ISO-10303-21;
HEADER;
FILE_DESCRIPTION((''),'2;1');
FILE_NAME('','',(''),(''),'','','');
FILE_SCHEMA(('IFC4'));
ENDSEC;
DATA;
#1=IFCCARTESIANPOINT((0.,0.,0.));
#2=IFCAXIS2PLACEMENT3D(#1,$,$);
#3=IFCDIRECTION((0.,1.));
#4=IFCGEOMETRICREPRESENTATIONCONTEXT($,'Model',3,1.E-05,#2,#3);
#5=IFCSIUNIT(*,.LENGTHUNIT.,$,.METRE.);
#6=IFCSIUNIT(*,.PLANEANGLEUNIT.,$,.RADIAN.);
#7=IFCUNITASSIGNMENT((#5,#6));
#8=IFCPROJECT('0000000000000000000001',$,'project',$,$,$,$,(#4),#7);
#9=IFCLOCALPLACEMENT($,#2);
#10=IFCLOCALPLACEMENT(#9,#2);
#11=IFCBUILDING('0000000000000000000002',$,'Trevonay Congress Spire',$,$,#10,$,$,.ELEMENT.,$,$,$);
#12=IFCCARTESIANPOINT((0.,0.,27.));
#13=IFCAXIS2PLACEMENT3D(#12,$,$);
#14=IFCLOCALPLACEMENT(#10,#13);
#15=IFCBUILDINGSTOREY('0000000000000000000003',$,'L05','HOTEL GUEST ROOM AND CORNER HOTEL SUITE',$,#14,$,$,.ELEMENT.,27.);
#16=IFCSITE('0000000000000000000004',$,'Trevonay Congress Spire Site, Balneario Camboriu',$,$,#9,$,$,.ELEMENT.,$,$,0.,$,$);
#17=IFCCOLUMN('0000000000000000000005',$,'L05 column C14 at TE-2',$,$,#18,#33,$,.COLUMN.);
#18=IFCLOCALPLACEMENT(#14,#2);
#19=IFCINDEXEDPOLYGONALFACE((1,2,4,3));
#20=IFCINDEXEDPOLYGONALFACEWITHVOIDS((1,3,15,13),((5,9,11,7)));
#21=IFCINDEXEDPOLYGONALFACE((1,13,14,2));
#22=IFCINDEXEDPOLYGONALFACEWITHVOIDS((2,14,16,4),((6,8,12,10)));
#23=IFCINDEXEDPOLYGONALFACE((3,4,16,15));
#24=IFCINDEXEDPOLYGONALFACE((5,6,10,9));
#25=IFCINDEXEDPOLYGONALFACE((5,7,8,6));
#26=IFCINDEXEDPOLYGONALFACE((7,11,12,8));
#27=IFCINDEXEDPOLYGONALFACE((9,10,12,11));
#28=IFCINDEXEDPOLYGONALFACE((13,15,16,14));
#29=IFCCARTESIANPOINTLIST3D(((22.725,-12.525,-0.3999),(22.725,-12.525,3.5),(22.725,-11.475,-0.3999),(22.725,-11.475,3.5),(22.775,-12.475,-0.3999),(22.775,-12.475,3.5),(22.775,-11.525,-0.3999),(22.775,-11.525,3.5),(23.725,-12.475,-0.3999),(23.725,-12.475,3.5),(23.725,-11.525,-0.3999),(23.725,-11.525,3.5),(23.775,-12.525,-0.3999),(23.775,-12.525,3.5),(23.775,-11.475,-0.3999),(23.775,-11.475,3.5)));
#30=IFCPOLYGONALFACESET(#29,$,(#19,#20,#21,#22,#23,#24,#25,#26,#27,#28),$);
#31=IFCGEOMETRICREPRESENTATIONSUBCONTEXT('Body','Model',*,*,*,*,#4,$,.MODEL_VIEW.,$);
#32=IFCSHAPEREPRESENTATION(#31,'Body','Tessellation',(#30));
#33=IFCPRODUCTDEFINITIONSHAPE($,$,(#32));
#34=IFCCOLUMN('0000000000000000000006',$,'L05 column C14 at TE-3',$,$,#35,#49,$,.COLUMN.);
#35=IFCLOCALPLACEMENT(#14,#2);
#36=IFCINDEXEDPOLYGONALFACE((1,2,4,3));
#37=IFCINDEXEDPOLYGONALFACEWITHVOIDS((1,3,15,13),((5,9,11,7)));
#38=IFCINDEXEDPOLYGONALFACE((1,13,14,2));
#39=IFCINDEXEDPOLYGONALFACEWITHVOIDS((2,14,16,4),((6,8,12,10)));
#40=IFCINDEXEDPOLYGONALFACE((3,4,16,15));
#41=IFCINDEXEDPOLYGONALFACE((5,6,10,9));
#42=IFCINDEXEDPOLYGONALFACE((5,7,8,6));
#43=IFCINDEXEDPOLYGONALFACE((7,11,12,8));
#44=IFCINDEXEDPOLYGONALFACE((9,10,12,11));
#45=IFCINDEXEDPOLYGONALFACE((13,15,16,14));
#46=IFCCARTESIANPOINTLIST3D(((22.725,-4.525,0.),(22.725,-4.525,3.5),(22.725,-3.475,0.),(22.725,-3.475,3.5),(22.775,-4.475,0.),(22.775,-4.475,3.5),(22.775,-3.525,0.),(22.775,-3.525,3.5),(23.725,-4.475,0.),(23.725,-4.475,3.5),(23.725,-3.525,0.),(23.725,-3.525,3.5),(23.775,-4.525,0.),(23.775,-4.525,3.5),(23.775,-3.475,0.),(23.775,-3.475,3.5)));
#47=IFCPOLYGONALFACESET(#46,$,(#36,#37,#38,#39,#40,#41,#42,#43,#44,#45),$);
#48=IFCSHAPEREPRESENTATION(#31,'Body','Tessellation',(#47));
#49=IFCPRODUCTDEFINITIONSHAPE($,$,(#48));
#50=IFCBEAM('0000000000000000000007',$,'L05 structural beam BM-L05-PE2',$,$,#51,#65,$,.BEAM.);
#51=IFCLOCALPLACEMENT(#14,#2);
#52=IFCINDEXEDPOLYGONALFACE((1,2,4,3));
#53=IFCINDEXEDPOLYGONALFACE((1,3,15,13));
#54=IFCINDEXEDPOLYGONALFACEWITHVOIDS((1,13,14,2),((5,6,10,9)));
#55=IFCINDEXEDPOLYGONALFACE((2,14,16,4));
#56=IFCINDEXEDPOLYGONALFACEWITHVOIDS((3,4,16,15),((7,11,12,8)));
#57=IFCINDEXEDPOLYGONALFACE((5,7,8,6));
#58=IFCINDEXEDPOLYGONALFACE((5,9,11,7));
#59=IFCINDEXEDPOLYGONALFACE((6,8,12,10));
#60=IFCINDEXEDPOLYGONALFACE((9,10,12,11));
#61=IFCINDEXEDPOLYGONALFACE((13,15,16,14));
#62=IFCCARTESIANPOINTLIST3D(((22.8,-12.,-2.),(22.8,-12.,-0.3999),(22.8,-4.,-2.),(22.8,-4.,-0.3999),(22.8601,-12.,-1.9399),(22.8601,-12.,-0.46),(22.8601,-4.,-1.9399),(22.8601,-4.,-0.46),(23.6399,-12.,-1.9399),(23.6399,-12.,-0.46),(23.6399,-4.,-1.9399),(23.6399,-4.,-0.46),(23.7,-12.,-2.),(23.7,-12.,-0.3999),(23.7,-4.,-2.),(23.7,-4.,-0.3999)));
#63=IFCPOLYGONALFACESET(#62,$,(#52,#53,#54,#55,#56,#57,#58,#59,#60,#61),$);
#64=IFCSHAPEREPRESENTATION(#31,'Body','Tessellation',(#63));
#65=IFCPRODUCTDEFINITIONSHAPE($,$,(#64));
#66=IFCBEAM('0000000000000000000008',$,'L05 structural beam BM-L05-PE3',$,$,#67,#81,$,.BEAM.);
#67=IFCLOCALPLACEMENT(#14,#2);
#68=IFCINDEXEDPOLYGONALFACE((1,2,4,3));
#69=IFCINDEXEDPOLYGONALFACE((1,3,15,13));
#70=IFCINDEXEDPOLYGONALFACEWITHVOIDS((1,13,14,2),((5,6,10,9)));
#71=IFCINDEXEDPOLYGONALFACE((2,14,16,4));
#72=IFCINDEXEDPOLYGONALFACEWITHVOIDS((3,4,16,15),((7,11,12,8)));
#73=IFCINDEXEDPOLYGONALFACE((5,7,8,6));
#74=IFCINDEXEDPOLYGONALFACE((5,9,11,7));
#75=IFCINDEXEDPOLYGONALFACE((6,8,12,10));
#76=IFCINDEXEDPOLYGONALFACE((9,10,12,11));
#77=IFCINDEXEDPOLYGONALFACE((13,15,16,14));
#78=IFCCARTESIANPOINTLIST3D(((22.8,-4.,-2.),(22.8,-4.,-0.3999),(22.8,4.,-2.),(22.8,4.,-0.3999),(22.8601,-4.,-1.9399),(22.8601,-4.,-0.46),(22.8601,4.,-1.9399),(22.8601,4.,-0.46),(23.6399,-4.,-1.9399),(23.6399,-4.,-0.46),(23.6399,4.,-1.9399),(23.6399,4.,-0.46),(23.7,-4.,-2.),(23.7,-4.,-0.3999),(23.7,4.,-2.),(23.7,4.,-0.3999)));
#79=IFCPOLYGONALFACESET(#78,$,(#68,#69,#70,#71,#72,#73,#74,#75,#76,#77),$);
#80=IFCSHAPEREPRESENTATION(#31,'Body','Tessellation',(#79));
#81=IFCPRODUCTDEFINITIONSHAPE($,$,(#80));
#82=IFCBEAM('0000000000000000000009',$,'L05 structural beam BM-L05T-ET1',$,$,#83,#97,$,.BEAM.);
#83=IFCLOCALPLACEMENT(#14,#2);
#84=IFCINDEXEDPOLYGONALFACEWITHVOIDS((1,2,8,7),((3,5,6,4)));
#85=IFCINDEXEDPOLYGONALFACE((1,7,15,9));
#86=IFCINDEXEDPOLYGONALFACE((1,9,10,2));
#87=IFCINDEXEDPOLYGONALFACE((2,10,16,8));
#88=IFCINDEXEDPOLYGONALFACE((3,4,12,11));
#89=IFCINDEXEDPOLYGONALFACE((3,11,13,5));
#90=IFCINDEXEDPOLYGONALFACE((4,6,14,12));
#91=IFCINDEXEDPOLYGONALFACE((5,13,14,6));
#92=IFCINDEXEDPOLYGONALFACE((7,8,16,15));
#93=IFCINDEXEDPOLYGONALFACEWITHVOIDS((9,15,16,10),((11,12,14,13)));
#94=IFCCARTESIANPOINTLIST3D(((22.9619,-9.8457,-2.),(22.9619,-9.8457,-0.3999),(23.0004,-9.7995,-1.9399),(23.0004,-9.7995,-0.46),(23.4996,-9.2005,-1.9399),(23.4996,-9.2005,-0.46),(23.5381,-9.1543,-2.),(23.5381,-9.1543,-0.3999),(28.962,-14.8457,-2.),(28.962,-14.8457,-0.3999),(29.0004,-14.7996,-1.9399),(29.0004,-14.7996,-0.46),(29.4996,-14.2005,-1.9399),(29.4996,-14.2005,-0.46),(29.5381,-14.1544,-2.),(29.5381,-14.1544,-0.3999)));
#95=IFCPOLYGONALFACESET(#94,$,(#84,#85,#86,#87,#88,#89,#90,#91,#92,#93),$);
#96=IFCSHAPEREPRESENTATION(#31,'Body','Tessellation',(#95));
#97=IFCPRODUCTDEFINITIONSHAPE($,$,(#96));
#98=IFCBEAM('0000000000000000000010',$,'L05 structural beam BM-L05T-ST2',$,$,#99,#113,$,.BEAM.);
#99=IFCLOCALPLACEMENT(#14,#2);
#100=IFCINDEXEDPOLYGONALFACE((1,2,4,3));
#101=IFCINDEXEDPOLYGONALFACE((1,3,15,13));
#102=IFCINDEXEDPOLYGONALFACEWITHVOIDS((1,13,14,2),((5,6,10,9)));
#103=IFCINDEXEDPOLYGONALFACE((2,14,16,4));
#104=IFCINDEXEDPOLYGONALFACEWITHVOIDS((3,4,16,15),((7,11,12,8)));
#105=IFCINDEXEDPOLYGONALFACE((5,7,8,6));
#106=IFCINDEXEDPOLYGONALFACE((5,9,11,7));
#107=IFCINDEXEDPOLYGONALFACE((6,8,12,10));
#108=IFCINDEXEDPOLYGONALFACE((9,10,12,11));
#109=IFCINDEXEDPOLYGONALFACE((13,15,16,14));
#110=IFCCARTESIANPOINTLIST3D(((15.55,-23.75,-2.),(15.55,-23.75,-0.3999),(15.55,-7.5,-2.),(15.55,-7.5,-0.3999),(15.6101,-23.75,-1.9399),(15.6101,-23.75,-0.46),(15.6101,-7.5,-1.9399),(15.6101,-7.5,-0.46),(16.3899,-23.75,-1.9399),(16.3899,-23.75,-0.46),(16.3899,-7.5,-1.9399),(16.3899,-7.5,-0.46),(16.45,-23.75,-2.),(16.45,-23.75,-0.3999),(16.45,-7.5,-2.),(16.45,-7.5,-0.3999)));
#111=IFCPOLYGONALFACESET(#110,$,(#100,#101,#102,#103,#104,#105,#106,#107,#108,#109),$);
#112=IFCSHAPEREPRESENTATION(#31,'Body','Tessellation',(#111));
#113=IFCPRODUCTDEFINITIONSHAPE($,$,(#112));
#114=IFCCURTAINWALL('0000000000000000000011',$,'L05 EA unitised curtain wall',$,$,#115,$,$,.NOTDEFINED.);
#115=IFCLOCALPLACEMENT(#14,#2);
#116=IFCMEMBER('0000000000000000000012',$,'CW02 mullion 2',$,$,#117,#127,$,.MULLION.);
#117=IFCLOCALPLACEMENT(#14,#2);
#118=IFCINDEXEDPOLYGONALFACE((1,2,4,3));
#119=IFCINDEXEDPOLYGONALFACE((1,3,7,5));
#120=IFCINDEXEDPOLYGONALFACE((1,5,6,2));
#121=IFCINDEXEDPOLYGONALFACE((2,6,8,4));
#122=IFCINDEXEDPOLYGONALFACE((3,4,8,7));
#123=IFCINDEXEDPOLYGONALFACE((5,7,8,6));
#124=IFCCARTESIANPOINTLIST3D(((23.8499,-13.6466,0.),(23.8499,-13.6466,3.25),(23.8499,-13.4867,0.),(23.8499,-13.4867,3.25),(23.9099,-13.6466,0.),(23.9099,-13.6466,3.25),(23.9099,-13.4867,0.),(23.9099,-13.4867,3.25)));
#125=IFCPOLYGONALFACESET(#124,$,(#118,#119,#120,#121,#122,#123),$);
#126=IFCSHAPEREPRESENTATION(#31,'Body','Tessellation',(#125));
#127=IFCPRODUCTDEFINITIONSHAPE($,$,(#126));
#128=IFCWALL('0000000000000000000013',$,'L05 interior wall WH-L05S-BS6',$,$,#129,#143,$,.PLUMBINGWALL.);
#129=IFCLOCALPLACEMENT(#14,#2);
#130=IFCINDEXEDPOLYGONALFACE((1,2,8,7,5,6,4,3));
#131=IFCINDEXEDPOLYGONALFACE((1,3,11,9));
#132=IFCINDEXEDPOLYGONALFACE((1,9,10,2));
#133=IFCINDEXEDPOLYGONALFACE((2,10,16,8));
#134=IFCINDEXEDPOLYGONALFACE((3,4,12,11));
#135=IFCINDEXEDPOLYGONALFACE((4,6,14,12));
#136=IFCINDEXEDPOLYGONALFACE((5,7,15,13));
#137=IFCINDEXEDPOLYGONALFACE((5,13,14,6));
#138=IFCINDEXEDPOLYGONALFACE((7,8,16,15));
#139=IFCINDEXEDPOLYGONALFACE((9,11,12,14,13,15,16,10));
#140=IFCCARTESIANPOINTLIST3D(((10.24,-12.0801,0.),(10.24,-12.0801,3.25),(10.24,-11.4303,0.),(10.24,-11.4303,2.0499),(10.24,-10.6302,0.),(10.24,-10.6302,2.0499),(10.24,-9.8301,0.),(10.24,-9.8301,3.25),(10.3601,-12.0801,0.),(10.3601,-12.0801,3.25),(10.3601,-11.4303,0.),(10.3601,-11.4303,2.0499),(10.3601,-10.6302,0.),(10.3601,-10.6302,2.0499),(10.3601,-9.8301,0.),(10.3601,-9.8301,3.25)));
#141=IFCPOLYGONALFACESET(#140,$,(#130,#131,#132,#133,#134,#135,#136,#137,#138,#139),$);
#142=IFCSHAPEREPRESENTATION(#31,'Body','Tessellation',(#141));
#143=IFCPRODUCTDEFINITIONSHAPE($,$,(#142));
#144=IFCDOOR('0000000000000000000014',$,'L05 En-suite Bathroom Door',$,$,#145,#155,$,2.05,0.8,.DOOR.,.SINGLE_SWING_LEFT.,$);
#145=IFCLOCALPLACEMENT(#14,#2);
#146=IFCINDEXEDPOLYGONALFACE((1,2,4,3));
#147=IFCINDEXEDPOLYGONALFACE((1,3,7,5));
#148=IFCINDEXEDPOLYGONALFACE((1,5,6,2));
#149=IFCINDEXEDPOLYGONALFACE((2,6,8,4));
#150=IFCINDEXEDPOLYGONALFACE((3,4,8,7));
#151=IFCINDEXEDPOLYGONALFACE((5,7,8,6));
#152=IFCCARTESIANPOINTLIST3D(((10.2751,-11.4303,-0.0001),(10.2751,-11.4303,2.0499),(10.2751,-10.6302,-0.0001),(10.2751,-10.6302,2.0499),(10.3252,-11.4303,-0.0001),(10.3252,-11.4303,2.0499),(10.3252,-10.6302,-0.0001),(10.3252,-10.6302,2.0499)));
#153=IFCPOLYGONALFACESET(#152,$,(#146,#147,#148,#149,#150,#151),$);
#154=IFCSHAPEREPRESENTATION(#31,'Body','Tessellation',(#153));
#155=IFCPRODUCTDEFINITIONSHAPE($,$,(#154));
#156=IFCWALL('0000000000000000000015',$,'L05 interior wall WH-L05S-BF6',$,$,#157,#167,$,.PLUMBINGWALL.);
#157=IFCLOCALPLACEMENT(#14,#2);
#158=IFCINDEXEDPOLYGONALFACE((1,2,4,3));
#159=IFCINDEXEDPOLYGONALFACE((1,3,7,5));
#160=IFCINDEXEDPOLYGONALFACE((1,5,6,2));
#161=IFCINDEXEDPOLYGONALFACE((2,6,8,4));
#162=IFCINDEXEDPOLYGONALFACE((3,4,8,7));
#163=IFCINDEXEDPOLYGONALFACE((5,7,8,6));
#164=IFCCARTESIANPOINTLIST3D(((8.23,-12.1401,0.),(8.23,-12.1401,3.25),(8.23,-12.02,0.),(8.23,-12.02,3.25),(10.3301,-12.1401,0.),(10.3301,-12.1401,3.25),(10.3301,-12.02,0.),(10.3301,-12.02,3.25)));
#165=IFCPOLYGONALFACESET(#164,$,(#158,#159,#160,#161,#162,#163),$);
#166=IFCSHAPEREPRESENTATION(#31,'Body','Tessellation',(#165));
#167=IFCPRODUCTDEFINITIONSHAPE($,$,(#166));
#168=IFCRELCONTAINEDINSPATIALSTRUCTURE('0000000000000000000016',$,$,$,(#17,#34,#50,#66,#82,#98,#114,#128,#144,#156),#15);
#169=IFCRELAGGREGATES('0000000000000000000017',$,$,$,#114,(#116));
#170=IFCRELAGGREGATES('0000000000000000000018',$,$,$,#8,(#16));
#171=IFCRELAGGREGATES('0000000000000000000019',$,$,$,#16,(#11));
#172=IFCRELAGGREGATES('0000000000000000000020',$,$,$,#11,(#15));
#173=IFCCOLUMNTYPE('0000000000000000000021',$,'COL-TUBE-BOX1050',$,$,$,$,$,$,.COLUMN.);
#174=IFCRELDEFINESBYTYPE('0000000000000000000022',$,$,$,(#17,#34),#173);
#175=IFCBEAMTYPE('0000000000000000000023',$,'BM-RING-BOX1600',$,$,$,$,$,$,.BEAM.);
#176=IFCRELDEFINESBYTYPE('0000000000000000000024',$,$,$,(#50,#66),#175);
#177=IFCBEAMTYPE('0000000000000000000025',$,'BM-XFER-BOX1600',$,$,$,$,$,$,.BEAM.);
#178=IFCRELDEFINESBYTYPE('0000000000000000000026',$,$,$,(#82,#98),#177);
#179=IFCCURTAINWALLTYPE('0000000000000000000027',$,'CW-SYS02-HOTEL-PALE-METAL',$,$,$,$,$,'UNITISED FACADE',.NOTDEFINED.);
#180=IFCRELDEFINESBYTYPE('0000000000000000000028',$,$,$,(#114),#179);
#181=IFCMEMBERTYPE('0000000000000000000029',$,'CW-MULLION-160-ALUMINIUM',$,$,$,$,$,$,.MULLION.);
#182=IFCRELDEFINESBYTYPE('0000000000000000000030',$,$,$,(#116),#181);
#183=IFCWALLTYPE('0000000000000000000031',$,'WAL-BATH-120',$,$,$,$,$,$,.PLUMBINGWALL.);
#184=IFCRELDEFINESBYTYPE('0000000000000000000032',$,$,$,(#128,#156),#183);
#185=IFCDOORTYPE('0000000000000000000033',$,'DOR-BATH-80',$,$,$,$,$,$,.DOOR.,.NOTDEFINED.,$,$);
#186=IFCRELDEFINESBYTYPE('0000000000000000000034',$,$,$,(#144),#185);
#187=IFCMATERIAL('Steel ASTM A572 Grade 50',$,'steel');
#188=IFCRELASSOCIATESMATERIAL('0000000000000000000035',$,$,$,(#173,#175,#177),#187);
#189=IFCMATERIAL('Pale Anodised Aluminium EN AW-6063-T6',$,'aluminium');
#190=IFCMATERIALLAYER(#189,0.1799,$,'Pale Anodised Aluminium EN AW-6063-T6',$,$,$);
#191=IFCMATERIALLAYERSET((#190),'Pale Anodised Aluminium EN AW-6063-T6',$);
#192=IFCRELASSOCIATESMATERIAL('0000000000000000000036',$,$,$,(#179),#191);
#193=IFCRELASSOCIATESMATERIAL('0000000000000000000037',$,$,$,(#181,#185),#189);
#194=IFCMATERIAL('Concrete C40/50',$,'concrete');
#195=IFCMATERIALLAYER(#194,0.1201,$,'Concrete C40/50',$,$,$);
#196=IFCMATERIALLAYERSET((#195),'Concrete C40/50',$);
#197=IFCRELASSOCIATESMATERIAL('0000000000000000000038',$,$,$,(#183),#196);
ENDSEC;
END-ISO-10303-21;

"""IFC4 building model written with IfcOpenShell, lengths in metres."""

from ifc_helpers import new_model, si_unit, direction, frame, frame_2d, origin, origin_2d, place, context, subcontext, project, spatial, rectangle, hollow_rectangle, extrude, material, layer, layer_set, material_profile, profile_set, type_object, element, fill, aggregate, save


model = new_model("IFC4")

# Units and contexts
model_context = context("Model", 3, precision=1e-05, world=origin(), true_north=direction((0.0, 1.0)))
body_context = subcontext(model_context, "Body", "Model", "MODEL_VIEW")
ifc_project = project(units=[si_unit("LENGTHUNIT", "METRE"), si_unit("PLANEANGLEUNIT", "RADIAN")], contexts=[model_context])

# Site, building, storey
site_placement = place(None, origin())
site = spatial("IfcSite", under=ifc_project, at=site_placement, Name="Trevonay Congress Spire Site, Balneario Camboriu", CompositionType="ELEMENT", RefElevation=0.0)
building_placement = place(site_placement, origin())
building = spatial("IfcBuilding", under=site, at=building_placement, Name="Trevonay Congress Spire", CompositionType="ELEMENT")
storey_placement = place(building_placement, frame((0.0, 0.0, 27.0)))
storey = spatial("IfcBuildingStorey", under=building, at=storey_placement, Name="L05", Description="HOTEL GUEST ROOM AND CORNER HOTEL SUITE", CompositionType="ELEMENT", Elevation=27.0)

# Columns
ifc_material_1 = material(Name="Steel ASTM A572 Grade 50", Category="steel")
ifc_material_profile_1 = material_profile(ifc_material_1, hollow_rectangle(XDim=1.05, YDim=1.05, WallThickness=0.05, at=origin_2d()), Name="BOX 1050x1050x50")
ifc_profile_set_1 = profile_set([ifc_material_profile_1], Name="Steel ASTM A572 Grade 50")
column_type = type_object("IfcColumnType", Name="COL-TUBE-BOX1050", PredefinedType="COLUMN", material=ifc_profile_set_1)
column_1_placement = place(storey_placement, frame((23.25, -12.0, -0.3999), z_axis=(0.0, 0.0, 1.0), x_axis=(1.0, 0.0, 0.0)))
element("IfcColumn", 1, at=column_1_placement, inside=storey, type_object=column_type, Name="L05 column C14 at TE-2", PredefinedType="COLUMN", context=body_context, shape_type="SweptSolid", body=[
    extrude(hollow_rectangle(XDim=1.05, YDim=1.05, WallThickness=0.05, at=origin_2d()), origin(), (0.0, 0.0, 1.0), 3.8999),
])
column_2_placement = place(storey_placement, frame((23.25, -4.0, 0.0), z_axis=(0.0, 0.0, 1.0), x_axis=(1.0, 0.0, 0.0)))
element("IfcColumn", 2, at=column_2_placement, inside=storey, type_object=column_type, Name="L05 column C14 at TE-3", PredefinedType="COLUMN", context=body_context, shape_type="SweptSolid", body=[
    extrude(hollow_rectangle(XDim=1.05, YDim=1.05, WallThickness=0.05, at=origin_2d()), origin(), (0.0, 0.0, 1.0), 3.5),
])

# Beams
ifc_material_profile_2 = material_profile(ifc_material_1, hollow_rectangle(XDim=0.8999, YDim=1.6001, WallThickness=0.0601, at=origin_2d()), Name="BOX 1600x900x60")
ifc_profile_set_2 = profile_set([ifc_material_profile_2], Name="Steel ASTM A572 Grade 50")
beam_type_1 = type_object("IfcBeamType", Name="BM-RING-BOX1600", PredefinedType="BEAM", material=ifc_profile_set_2)
for number, where, z_axis, x_axis, name in (
    (3, (23.25, -12.0, -1.2), (0.0, 1.0, 0.0), (-1.0, 0.0, 0.0), "L05 structural beam BM-L05-PE2"),
    (4, (23.25, -4.0, -1.2), (0.0, 1.0, 0.0), (-1.0, 0.0, 0.0), "L05 structural beam BM-L05-PE3"),
):
    element("IfcBeam", number, at=place(storey_placement, frame(where, z_axis=z_axis, x_axis=x_axis)), inside=storey, type_object=beam_type_1, Name=name, PredefinedType="BEAM", context=body_context, shape_type="SweptSolid", body=[
        extrude(hollow_rectangle(XDim=0.8999, YDim=1.6001, WallThickness=0.0601, at=origin_2d()), origin(), (0.0, 0.0, 1.0), 8.0),
    ])
ifc_material_profile_3 = material_profile(ifc_material_1, hollow_rectangle(XDim=0.8999, YDim=1.6001, WallThickness=0.0601, at=origin_2d()), Name="BOX 1600x900x60")
ifc_profile_set_3 = profile_set([ifc_material_profile_3], Name="Steel ASTM A572 Grade 50")
beam_type_2 = type_object("IfcBeamType", Name="BM-XFER-BOX1600", PredefinedType="BEAM", material=ifc_profile_set_3)
beam_1_placement = place(storey_placement, frame((23.25, -9.5, -1.2), z_axis=(0.768221, -0.640184, 0.0), x_axis=(0.640184, 0.768221, 0.0)))
element("IfcBeam", 5, at=beam_1_placement, inside=storey, type_object=beam_type_2, Name="L05 structural beam BM-L05T-ET1", PredefinedType="BEAM", context=body_context, shape_type="SweptSolid", body=[
    extrude(hollow_rectangle(XDim=0.8999, YDim=1.6001, WallThickness=0.0601, at=origin_2d()), origin(), (0.0, 0.0, 1.0), 7.8103),
])
beam_2_placement = place(storey_placement, frame((16.0, -7.5, -1.2), z_axis=(0.0, -1.0, 0.0), x_axis=(1.0, 0.0, 0.0)))
element("IfcBeam", 6, at=beam_2_placement, inside=storey, type_object=beam_type_2, Name="L05 structural beam BM-L05T-ST2", PredefinedType="BEAM", context=body_context, shape_type="SweptSolid", body=[
    extrude(hollow_rectangle(XDim=0.8999, YDim=1.6001, WallThickness=0.0601, at=origin_2d()), origin(), (0.0, 0.0, 1.0), 16.25),
])

# Curtain wall, member
ifc_material_2 = material(Name="Pale Anodised Aluminium EN AW-6063-T6", Category="aluminium")
ifc_layer_1 = layer(ifc_material_2, 0.1799, Name="Pale Anodised Aluminium EN AW-6063-T6")
ifc_layer_set_1 = layer_set([ifc_layer_1], Name="Pale Anodised Aluminium EN AW-6063-T6")
curtain_wall_type = type_object("IfcCurtainWallType", Name="CW-SYS02-HOTEL-PALE-METAL", ElementType="UNITISED FACADE", PredefinedType="NOTDEFINED", material=ifc_layer_set_1)
curtain_wall_placement = place(storey_placement, origin())
curtain_wall = element("IfcCurtainWall", 7, at=curtain_wall_placement, inside=storey, type_object=curtain_wall_type, Name="L05 EA unitised curtain wall", PredefinedType="NOTDEFINED")
ifc_material_profile_4 = material_profile(ifc_material_2, rectangle(XDim=0.0601, YDim=0.1599, at=origin_2d()), Name="CW-MULLION-160-ALUMINIUM")
ifc_profile_set_4 = profile_set([ifc_material_profile_4], Name="Pale Anodised Aluminium EN AW-6063-T6")
member_type = type_object("IfcMemberType", Name="CW-MULLION-160-ALUMINIUM", PredefinedType="MULLION", material=ifc_profile_set_4)
member_placement = place(storey_placement, frame((23.8799, -13.5667, 0.0), z_axis=(0.0, 0.0, 1.0), x_axis=(-1.0, 0.0, 0.0)))
member = element("IfcMember", 8, at=member_placement, type_object=member_type, Name="CW02 mullion 2", PredefinedType="MULLION", context=body_context, shape_type="SweptSolid", body=[
    extrude(rectangle(XDim=0.0601, YDim=0.1599, at=origin_2d()), origin(), (0.0, 0.0, 1.0), 3.25),
])
aggregate(curtain_wall, [member])

# Wall, opening, door
ifc_material_3 = material(Name="Concrete C40/50", Category="concrete")
ifc_layer_2 = layer(ifc_material_3, 0.1201, Name="Concrete C40/50")
ifc_layer_set_2 = layer_set([ifc_layer_2], Name="Concrete C40/50")
wall_type_1 = type_object("IfcWallType", Name="WAL-BATH-120", PredefinedType="PLUMBINGWALL", material=ifc_layer_set_2)
wall_1_placement = place(storey_placement, frame((10.3, -12.0801, 0.0), z_axis=(0.0, 0.0, 1.0), x_axis=(0.0, 1.0, 0.0)))
wall_1 = element("IfcWall", 9, at=wall_1_placement, inside=storey, type_object=wall_type_1, Name="L05 interior wall WH-L05S-BS6", PredefinedType="PLUMBINGWALL", context=body_context, shape_type="SweptSolid", body=[
    extrude(rectangle(XDim=2.25, YDim=0.1201, at=frame_2d((1.125, 0.0))), origin(), (0.0, 0.0, 1.0), 3.25),
])
opening_1_placement = place(wall_1_placement, frame((0.6499, 0.0, 0.0)))
opening_1 = element("IfcOpeningElement", 10, at=opening_1_placement, cuts=wall_1, PredefinedType="OPENING", context=body_context, shape_type="SweptSolid", body=[
    extrude(rectangle(XDim=0.8, YDim=2.05, at=frame_2d((0.3999, 1.0249))), frame((0.0, 0.0701, 0.0), z_axis=(0.0, -1.0, 0.0), x_axis=(1.0, 0.0, 0.0)), (0.0, 0.0, 1.0), 0.1401),
])
door_type_1 = type_object("IfcDoorType", Name="DOR-BATH-80", OperationType="NOTDEFINED", PredefinedType="DOOR", material=ifc_material_2)
door_1_placement = place(opening_1_placement, origin())
door_1 = element("IfcDoor", 11, at=door_1_placement, inside=storey, type_object=door_type_1, Name="L05 En-suite Bathroom Door", OperationType="SINGLE_SWING_LEFT", OverallHeight=2.05, OverallWidth=0.8, PredefinedType="DOOR", context=body_context, shape_type="SweptSolid", body=[
    extrude(rectangle(XDim=0.8, YDim=2.05, at=frame_2d((0.3999, 1.0249))), frame((0.0, 0.0249, 0.0), z_axis=(0.0, -1.0, 0.0), x_axis=(1.0, 0.0, 0.0)), (0.0, 0.0, 1.0), 0.05),
])
fill(opening_1, door_1)

# Wall
wall_2_placement = place(storey_placement, frame((8.23, -12.0801, 0.0), z_axis=(0.0, 0.0, 1.0), x_axis=(1.0, 0.0, 0.0)))
element("IfcWall", 12, at=wall_2_placement, inside=storey, type_object=wall_type_1, Name="L05 interior wall WH-L05S-BF6", PredefinedType="PLUMBINGWALL", context=body_context, shape_type="SweptSolid", body=[
    extrude(rectangle(XDim=2.1001, YDim=0.1201, at=frame_2d((1.05, 0.0))), origin(), (0.0, 0.0, 1.0), 3.25),
])

save(model, "model.ifc")
